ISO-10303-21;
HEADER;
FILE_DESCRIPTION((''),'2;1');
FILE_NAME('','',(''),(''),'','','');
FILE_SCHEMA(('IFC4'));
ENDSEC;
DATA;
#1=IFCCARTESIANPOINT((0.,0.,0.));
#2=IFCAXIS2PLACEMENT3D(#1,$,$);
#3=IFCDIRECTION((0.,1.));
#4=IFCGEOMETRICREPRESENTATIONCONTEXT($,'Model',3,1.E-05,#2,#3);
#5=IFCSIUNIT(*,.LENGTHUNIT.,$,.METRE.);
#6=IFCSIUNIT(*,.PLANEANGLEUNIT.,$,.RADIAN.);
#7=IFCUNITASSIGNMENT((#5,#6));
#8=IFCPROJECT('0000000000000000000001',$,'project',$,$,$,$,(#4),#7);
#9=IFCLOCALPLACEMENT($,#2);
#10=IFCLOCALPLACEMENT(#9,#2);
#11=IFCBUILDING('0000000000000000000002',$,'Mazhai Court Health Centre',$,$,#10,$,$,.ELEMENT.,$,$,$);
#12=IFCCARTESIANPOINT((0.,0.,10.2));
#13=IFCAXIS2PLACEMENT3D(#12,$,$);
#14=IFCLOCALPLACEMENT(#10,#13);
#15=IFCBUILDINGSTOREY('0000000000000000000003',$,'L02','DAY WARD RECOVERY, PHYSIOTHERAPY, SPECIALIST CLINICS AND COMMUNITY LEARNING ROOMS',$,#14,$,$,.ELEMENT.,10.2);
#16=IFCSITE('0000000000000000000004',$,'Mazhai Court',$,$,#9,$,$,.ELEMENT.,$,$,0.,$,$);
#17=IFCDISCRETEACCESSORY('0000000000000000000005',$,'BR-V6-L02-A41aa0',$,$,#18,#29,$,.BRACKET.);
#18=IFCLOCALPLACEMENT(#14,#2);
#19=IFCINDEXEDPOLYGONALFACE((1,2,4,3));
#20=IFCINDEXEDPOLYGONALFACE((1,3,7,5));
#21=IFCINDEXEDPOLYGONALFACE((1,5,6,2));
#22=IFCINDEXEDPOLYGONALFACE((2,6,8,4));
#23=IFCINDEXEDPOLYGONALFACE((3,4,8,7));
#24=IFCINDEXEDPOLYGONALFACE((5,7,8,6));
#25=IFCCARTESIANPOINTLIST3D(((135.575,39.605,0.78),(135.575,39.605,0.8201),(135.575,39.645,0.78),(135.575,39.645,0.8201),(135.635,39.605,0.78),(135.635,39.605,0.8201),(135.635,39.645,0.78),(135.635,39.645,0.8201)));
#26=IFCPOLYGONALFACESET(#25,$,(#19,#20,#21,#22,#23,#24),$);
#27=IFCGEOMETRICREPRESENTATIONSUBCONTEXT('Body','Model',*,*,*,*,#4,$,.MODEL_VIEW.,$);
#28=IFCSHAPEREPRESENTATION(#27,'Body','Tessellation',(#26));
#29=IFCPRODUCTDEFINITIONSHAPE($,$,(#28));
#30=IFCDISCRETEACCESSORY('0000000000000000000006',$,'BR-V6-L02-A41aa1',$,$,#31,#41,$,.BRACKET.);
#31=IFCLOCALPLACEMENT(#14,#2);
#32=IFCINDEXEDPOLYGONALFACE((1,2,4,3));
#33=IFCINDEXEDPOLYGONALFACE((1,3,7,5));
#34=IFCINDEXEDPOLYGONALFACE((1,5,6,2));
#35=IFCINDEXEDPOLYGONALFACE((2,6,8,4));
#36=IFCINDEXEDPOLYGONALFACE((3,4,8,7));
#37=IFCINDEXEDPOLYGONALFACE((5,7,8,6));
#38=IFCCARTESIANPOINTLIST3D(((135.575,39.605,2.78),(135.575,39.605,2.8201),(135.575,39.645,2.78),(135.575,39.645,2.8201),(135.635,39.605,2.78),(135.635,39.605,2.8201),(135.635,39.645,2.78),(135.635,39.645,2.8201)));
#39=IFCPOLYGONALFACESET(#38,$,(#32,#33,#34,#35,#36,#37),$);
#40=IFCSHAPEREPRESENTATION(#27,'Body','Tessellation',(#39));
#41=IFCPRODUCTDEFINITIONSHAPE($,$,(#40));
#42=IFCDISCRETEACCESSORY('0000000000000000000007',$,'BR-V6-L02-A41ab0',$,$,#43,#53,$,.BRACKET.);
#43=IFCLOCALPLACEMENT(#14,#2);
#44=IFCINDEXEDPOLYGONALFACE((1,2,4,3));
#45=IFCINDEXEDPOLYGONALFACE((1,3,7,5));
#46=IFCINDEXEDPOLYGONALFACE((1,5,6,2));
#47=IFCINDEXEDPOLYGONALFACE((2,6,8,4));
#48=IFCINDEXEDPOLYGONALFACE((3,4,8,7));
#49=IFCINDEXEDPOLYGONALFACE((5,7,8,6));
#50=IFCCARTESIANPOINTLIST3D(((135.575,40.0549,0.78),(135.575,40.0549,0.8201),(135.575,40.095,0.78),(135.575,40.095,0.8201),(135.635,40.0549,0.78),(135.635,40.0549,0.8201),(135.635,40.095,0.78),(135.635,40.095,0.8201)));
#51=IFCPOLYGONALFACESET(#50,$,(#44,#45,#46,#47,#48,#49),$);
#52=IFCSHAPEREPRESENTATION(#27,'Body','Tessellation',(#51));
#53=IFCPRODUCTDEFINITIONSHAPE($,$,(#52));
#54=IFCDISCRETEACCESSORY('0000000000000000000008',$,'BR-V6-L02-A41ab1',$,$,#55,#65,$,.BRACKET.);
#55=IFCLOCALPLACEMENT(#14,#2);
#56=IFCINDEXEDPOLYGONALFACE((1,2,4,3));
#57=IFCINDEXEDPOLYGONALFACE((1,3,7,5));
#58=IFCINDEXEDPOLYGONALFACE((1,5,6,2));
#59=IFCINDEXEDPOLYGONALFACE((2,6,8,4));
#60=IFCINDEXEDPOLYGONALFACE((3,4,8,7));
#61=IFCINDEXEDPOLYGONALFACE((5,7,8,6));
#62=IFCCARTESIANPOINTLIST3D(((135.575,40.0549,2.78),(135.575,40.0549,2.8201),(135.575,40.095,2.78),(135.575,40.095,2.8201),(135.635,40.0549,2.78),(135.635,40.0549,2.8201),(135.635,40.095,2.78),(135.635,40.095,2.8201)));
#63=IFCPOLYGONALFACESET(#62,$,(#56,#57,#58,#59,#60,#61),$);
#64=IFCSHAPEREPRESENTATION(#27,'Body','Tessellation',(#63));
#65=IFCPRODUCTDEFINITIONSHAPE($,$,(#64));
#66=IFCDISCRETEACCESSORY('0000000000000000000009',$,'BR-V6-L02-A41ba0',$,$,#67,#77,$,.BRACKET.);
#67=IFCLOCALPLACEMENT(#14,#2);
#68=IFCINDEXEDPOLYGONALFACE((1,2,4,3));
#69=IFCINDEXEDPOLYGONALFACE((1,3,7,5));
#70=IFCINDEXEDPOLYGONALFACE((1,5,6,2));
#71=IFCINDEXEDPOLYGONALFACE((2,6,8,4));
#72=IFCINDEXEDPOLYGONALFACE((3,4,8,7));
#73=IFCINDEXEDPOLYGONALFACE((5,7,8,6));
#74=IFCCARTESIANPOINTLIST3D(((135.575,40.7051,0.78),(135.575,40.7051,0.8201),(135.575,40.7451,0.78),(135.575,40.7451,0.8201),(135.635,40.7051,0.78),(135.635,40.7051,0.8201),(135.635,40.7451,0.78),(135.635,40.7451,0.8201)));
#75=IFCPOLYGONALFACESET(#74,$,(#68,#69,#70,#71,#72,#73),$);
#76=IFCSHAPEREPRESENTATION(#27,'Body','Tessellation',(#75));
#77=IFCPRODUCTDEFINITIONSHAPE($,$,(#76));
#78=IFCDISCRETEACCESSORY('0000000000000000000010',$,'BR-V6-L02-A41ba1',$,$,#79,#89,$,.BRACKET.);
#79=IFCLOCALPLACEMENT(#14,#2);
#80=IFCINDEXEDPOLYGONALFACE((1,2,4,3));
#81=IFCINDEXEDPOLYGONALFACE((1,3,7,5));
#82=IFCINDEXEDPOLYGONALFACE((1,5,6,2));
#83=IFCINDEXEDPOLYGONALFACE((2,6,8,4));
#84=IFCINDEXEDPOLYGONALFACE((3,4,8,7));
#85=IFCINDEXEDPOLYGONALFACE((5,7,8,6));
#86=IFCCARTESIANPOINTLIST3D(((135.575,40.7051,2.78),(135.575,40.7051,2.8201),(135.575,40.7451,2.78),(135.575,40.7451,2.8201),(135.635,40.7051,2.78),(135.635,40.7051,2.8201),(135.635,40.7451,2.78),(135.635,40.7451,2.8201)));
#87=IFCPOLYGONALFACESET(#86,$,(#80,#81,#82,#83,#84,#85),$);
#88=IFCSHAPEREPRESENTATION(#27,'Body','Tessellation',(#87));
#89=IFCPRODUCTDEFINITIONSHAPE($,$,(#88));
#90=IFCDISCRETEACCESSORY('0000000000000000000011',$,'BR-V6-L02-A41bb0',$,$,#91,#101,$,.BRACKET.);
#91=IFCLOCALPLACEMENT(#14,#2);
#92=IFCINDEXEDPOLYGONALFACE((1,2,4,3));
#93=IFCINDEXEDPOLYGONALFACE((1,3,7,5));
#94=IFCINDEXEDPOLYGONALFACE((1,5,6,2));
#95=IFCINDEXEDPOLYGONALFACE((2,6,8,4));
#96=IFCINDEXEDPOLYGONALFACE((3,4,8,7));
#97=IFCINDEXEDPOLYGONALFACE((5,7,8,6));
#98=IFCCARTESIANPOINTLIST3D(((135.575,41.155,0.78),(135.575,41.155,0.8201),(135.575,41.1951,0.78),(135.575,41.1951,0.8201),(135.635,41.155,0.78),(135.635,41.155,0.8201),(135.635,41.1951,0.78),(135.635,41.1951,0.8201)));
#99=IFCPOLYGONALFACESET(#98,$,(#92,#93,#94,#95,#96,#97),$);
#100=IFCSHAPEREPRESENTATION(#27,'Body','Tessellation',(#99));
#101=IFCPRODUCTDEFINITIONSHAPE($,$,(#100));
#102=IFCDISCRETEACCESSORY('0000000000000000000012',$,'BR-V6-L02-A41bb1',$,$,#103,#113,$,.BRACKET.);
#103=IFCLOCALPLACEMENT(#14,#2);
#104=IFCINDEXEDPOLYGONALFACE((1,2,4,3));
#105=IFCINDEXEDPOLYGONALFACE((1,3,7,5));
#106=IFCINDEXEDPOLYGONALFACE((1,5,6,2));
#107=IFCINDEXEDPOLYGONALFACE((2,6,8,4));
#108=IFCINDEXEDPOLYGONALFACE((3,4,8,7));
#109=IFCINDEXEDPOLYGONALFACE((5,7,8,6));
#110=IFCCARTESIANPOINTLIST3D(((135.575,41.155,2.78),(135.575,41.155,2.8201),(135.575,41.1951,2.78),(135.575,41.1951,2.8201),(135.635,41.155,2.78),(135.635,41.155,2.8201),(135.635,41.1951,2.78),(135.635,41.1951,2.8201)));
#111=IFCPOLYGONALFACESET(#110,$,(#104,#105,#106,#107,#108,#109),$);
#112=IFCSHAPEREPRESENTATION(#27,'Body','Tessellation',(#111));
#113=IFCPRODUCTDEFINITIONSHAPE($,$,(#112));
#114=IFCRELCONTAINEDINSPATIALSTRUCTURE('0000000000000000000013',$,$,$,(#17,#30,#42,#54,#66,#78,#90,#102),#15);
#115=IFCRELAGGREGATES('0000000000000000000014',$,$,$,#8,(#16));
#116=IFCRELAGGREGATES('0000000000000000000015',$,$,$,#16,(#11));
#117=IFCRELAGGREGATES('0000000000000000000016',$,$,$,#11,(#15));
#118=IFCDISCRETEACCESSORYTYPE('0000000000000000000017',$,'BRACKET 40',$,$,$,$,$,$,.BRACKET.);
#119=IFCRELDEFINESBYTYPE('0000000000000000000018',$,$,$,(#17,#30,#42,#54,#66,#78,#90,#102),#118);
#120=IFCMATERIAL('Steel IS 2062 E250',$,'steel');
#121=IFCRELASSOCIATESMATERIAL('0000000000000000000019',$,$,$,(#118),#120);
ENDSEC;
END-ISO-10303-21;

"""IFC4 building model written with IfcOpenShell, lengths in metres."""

from ifc_helpers import new_model, si_unit, direction, frame, origin, origin_2d, place, context, subcontext, project, spatial, rectangle, extrude, material, type_object, element, save


model = new_model("IFC4")

# Units and contexts
model_context = context("Model", 3, precision=1e-05, world=origin(), true_north=direction((0.0, 1.0)))
body_context = subcontext(model_context, "Body", "Model", "MODEL_VIEW")
ifc_project = project(units=[si_unit("LENGTHUNIT", "METRE"), si_unit("PLANEANGLEUNIT", "RADIAN")], contexts=[model_context])

# Site, building, storey
site_placement = place(None, origin())
site = spatial("IfcSite", under=ifc_project, at=site_placement, Name="Mazhai Court", CompositionType="ELEMENT", RefElevation=0.0)
building_placement = place(site_placement, origin())
building = spatial("IfcBuilding", under=site, at=building_placement, Name="Mazhai Court Health Centre", CompositionType="ELEMENT")
storey_placement = place(building_placement, frame((0.0, 0.0, 10.2)))
storey = spatial("IfcBuildingStorey", under=building, at=storey_placement, Name="L02", Description="DAY WARD RECOVERY, PHYSIOTHERAPY, SPECIALIST CLINICS AND COMMUNITY LEARNING ROOMS", CompositionType="ELEMENT", Elevation=10.2)

# Discrete accessories
ifc_material_1 = material(Name="Steel IS 2062 E250", Category="steel")
discrete_accessory_type = type_object("IfcDiscreteAccessoryType", Name="BRACKET 40", PredefinedType="BRACKET", material=ifc_material_1)
for number, where, z_axis, x_axis, name in (
    (1, (135.605, 39.625, 0.78), (0.0, 0.0, 1.0), (0.0, 1.0, 0.0), "BR-V6-L02-A41aa0"),
    (2, (135.605, 39.625, 2.78), (0.0, 0.0, 1.0), (0.0, 1.0, 0.0), "BR-V6-L02-A41aa1"),
    (3, (135.605, 40.075, 0.78), (0.0, 0.0, 1.0), (0.0, 1.0, 0.0), "BR-V6-L02-A41ab0"),
    (4, (135.605, 40.075, 2.78), (0.0, 0.0, 1.0), (0.0, 1.0, 0.0), "BR-V6-L02-A41ab1"),
    (5, (135.605, 40.7251, 0.78), (0.0, 0.0, 1.0), (0.0, 1.0, 0.0), "BR-V6-L02-A41ba0"),
    (6, (135.605, 40.7251, 2.78), (0.0, 0.0, 1.0), (0.0, 1.0, 0.0), "BR-V6-L02-A41ba1"),
    (7, (135.605, 41.175, 0.78), (0.0, 0.0, 1.0), (0.0, 1.0, 0.0), "BR-V6-L02-A41bb0"),
    (8, (135.605, 41.175, 2.78), (0.0, 0.0, 1.0), (0.0, 1.0, 0.0), "BR-V6-L02-A41bb1"),
):
    element("IfcDiscreteAccessory", number, at=place(storey_placement, frame(where, z_axis=z_axis, x_axis=x_axis)), inside=storey, type_object=discrete_accessory_type, Name=name, PredefinedType="BRACKET", context=body_context, shape_type="SweptSolid", body=[
        extrude(rectangle(XDim=0.04, YDim=0.0601, at=origin_2d()), origin(), (0.0, 0.0, 1.0), 0.04),
    ])

save(model, "model.ifc")
